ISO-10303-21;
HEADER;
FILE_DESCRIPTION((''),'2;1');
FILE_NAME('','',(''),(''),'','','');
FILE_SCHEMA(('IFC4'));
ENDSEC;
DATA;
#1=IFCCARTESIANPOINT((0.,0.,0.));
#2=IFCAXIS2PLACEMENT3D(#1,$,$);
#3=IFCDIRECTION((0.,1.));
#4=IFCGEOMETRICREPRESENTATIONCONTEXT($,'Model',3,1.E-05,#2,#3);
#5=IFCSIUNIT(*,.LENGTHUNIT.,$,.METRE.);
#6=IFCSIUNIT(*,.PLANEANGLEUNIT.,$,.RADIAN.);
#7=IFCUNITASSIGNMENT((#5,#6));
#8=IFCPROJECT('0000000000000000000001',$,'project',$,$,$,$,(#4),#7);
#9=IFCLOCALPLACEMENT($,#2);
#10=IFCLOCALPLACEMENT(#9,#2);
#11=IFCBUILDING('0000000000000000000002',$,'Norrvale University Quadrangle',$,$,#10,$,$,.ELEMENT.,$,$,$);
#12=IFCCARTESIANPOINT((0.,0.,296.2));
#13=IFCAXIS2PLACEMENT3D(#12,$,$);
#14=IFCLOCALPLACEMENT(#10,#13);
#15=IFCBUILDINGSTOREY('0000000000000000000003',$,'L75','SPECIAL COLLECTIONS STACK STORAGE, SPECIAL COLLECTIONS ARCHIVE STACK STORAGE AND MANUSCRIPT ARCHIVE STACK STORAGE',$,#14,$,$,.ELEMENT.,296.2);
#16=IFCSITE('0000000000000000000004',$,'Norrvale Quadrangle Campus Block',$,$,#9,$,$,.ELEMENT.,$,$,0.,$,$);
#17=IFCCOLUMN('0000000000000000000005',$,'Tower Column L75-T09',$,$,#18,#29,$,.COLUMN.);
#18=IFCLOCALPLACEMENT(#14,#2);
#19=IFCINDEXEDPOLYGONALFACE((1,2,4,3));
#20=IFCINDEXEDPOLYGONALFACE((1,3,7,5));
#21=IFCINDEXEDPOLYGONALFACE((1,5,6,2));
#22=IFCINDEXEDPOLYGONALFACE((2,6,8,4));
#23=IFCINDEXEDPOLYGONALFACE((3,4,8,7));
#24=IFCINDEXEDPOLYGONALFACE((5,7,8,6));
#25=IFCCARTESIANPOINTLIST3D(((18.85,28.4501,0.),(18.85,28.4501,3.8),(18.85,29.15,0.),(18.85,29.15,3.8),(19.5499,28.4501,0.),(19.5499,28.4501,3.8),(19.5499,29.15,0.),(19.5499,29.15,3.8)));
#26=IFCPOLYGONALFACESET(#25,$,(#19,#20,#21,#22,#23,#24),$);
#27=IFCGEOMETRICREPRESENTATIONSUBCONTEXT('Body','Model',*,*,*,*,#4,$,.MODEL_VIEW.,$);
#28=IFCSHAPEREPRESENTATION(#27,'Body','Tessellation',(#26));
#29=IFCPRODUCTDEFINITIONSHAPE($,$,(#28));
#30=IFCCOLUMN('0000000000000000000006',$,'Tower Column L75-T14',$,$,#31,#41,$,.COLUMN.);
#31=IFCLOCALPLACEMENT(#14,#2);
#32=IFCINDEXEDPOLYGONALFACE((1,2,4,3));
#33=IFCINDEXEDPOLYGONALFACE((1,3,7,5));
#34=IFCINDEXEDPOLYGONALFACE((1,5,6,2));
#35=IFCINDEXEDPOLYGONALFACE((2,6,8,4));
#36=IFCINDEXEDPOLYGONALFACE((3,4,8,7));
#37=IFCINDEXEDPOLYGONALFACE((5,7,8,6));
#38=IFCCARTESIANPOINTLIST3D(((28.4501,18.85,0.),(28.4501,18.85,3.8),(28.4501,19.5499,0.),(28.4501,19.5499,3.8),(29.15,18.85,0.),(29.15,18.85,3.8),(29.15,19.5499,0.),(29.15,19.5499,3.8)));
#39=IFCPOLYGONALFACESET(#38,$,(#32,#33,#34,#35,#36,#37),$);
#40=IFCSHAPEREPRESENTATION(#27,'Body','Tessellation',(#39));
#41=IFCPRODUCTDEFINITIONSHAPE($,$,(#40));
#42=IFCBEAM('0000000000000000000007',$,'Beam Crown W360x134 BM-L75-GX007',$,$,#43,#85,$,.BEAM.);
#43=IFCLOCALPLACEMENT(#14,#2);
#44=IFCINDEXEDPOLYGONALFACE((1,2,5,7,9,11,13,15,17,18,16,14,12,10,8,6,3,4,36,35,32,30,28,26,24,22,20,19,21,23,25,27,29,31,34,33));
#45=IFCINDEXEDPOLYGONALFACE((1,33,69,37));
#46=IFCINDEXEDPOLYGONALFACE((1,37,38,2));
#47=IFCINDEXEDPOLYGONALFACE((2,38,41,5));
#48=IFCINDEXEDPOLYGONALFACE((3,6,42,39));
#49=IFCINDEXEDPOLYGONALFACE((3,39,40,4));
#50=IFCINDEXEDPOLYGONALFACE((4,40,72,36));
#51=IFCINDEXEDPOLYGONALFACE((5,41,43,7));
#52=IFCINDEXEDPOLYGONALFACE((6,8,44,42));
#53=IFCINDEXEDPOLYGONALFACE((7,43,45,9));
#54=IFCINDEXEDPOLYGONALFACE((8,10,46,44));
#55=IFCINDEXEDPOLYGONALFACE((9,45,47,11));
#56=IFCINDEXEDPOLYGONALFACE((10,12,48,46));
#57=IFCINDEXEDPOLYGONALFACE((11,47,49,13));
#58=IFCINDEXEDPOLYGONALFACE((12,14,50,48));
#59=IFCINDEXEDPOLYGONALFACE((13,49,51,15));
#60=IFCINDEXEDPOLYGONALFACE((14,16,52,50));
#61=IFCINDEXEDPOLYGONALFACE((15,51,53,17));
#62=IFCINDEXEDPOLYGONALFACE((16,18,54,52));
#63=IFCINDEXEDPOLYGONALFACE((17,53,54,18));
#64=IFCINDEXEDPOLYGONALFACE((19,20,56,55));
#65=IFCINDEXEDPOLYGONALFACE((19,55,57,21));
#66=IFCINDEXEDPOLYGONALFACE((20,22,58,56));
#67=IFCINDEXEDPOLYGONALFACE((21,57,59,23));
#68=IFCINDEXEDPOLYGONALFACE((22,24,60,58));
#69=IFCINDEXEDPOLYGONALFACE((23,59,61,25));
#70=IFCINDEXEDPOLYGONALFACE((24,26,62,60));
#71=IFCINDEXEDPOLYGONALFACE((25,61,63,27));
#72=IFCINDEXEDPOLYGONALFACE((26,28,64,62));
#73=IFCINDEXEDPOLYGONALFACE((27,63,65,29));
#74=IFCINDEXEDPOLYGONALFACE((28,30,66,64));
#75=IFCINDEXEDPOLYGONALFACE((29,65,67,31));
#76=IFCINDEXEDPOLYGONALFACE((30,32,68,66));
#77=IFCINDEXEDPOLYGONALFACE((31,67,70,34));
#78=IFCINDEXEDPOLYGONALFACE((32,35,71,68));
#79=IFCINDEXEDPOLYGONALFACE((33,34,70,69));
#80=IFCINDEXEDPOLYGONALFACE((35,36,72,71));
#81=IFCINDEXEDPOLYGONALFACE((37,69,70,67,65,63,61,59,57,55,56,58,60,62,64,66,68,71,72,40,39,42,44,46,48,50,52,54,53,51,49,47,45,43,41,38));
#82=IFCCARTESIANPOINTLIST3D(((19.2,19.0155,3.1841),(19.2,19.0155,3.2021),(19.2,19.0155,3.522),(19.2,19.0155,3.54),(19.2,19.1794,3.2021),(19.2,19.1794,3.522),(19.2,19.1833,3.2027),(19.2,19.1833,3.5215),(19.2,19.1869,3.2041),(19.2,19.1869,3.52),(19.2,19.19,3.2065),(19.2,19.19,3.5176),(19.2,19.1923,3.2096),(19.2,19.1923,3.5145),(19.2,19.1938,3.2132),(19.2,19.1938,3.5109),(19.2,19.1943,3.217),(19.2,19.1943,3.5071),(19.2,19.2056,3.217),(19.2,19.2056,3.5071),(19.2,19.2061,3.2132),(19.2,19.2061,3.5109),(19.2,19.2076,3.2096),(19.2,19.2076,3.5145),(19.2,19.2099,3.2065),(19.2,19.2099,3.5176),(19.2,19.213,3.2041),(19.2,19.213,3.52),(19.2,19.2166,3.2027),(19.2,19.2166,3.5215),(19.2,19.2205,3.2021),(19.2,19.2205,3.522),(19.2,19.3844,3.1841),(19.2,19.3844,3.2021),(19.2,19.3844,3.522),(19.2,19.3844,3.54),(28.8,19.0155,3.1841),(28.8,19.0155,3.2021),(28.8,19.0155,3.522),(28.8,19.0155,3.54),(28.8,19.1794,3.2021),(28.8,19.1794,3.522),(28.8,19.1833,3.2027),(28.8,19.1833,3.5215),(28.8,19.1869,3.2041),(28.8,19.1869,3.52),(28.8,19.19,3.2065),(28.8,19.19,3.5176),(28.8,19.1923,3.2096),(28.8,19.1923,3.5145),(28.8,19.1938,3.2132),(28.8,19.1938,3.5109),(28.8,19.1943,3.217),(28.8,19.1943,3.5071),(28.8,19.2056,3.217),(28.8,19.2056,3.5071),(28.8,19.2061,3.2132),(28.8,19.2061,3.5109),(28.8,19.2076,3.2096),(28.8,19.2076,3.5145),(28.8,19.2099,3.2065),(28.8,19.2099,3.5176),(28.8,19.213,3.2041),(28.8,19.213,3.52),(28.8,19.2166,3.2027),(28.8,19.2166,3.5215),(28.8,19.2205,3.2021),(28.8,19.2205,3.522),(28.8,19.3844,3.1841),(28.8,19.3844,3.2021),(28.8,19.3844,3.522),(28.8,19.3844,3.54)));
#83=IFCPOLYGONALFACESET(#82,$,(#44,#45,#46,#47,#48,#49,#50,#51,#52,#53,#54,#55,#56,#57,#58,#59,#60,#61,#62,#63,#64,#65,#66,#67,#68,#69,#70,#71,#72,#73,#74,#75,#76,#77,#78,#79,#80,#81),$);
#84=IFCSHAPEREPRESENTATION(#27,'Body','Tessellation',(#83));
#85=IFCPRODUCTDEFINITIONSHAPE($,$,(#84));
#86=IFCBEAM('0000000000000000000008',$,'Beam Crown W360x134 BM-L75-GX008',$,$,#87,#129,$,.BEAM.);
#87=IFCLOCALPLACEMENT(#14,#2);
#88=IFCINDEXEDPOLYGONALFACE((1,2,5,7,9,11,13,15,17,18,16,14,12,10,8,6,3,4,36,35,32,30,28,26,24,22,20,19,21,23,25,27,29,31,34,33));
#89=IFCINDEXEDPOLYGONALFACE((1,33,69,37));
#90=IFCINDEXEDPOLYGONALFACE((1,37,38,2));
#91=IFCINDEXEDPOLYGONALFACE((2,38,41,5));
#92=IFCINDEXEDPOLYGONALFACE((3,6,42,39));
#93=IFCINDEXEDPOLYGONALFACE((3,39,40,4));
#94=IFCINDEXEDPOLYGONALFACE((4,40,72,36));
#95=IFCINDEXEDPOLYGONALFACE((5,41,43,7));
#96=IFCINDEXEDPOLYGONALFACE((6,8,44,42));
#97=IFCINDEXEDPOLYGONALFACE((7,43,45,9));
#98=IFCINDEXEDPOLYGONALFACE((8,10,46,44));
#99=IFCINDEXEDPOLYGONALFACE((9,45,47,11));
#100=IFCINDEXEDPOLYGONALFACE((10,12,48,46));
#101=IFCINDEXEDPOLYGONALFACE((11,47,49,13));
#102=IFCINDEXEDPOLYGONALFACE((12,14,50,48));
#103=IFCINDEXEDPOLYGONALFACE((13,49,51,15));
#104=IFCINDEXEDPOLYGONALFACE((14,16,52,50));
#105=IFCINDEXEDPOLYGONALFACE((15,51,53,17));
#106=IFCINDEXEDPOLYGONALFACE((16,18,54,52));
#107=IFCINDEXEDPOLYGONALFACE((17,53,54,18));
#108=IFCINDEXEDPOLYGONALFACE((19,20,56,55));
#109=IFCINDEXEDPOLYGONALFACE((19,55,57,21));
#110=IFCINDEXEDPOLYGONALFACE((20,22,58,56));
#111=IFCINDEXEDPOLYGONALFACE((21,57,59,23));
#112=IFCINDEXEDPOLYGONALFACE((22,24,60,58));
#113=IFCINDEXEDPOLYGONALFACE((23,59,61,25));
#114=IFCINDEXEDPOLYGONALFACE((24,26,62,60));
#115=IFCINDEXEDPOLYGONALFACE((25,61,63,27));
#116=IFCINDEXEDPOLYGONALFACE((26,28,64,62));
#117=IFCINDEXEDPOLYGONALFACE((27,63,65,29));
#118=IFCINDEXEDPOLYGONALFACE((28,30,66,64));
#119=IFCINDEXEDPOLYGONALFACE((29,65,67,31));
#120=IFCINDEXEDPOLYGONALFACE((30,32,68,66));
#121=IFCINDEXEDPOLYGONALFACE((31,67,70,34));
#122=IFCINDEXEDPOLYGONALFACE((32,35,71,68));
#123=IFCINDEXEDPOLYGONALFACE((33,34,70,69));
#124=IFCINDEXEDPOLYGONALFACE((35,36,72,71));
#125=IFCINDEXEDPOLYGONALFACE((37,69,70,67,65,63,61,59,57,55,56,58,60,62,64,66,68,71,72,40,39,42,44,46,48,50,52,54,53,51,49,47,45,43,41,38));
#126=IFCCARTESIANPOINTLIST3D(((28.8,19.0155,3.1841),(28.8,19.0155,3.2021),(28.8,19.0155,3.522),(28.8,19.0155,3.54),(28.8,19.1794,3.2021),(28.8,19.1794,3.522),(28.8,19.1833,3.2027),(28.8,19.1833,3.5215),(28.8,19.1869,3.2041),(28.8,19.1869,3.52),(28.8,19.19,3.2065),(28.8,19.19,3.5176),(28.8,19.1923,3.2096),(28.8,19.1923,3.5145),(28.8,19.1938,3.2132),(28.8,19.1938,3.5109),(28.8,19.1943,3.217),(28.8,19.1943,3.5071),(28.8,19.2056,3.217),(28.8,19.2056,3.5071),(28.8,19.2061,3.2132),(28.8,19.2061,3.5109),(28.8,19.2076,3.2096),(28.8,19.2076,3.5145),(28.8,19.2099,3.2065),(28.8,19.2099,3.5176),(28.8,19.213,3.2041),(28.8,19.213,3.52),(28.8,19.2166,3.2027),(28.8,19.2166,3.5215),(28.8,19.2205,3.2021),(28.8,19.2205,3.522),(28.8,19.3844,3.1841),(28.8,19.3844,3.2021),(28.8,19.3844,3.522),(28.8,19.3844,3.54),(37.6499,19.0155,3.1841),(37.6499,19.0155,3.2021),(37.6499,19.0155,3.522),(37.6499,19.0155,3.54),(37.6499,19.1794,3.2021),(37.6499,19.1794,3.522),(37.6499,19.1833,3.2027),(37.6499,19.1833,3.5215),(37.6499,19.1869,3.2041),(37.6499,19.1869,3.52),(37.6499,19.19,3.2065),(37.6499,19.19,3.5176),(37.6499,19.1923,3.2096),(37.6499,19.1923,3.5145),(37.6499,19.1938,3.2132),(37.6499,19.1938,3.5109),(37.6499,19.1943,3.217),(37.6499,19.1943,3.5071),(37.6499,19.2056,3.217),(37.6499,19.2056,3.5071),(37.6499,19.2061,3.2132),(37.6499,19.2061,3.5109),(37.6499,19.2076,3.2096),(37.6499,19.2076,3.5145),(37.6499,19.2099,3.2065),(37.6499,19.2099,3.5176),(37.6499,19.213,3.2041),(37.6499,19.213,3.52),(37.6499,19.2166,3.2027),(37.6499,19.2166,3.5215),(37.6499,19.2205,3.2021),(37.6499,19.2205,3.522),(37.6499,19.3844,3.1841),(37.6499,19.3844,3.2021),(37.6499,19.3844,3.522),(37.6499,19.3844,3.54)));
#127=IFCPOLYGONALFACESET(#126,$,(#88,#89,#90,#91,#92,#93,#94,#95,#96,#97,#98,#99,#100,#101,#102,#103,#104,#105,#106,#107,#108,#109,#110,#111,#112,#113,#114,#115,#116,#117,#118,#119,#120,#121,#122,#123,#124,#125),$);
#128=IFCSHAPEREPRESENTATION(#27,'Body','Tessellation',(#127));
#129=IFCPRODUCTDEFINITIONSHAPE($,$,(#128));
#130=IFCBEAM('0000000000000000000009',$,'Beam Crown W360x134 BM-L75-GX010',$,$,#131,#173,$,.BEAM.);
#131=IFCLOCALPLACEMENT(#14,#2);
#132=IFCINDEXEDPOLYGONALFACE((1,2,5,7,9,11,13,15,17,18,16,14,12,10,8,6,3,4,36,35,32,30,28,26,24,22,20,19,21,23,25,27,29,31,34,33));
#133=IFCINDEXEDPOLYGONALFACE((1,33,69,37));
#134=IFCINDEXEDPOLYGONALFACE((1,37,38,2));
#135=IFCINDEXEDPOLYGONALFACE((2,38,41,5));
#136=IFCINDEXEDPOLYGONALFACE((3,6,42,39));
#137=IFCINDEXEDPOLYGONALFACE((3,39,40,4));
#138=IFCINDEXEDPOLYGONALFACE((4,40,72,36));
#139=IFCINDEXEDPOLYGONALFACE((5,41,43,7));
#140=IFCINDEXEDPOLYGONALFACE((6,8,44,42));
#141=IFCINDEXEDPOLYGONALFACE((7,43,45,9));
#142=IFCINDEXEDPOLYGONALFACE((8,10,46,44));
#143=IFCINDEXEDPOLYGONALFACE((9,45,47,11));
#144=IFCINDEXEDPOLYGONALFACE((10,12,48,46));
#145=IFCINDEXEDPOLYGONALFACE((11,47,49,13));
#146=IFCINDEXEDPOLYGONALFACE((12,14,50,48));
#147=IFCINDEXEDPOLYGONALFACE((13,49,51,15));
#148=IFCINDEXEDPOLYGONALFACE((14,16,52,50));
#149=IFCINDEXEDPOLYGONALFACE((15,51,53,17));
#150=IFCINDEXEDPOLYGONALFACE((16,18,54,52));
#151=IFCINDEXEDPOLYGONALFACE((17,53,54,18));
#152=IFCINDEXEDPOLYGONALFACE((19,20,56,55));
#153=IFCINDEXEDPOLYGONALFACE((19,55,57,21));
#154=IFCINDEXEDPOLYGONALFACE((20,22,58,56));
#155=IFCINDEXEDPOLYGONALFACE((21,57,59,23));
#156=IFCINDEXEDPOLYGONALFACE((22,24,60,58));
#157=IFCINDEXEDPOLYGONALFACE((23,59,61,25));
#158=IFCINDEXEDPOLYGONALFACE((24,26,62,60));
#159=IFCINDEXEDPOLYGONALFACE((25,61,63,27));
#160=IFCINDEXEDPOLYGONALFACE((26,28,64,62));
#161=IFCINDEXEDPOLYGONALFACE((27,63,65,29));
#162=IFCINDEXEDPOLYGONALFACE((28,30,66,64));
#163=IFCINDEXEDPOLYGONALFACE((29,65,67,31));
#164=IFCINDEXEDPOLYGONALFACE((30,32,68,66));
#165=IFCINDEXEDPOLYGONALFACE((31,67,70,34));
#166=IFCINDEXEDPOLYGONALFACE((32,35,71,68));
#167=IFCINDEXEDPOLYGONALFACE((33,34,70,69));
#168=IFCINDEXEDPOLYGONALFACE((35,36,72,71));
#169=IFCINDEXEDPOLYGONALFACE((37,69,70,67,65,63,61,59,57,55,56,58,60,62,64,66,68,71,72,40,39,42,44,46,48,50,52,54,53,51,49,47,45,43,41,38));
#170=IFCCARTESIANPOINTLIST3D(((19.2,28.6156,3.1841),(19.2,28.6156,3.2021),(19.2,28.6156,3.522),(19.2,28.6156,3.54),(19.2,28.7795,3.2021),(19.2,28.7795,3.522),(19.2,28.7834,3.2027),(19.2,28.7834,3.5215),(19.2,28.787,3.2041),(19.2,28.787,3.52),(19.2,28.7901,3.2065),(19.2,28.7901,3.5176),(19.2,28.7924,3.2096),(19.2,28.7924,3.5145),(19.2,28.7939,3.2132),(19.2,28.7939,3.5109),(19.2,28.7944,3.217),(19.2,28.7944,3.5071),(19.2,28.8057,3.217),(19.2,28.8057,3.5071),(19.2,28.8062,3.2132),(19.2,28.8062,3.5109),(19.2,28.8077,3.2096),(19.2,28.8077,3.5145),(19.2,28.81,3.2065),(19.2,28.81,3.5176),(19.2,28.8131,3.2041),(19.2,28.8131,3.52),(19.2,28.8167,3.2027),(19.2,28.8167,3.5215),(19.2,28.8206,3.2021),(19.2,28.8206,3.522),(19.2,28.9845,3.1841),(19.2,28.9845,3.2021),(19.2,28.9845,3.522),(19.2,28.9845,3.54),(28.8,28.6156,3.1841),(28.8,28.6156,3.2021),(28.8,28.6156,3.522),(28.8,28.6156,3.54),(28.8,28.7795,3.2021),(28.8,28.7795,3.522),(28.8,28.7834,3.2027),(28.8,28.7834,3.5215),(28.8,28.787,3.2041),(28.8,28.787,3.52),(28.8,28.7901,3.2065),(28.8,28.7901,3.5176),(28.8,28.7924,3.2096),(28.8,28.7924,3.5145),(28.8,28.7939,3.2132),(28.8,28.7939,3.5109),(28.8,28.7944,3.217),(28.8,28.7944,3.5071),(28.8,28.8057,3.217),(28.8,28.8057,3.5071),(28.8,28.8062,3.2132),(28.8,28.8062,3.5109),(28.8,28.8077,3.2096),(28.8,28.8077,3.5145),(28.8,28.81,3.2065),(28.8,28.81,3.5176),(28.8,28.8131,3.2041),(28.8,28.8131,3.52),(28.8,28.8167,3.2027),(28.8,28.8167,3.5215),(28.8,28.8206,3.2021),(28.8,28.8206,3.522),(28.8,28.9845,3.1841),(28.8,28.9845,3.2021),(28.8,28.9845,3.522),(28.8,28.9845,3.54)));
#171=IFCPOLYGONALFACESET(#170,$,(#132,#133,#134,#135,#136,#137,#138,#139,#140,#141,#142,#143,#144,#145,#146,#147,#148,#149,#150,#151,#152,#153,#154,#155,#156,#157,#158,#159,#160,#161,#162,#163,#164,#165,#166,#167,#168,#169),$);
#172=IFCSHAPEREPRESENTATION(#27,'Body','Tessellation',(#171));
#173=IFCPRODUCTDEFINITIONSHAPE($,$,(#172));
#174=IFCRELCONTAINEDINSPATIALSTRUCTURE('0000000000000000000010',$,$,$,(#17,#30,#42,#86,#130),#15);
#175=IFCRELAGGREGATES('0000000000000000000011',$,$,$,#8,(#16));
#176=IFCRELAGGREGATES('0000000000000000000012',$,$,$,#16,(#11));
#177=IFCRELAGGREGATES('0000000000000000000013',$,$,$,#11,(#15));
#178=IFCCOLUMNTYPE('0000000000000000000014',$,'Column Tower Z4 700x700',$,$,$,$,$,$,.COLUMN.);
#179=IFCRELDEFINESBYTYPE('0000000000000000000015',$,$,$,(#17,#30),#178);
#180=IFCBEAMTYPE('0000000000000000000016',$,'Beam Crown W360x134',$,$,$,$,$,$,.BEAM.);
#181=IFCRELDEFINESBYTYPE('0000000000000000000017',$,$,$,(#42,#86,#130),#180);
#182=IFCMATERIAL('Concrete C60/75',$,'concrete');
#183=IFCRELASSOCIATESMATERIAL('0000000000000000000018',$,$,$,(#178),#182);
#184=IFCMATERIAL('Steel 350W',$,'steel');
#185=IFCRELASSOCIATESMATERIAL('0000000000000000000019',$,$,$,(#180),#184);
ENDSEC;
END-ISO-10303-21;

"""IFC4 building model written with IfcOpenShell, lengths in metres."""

from ifc_helpers import new_model, si_unit, direction, frame, origin, origin_2d, place, context, subcontext, project, spatial, rectangle, i_section, extrude, material, material_profile, profile_set, type_object, element, save


model = new_model("IFC4")

# Units and contexts
model_context = context("Model", 3, precision=1e-05, world=origin(), true_north=direction((0.0, 1.0)))
body_context = subcontext(model_context, "Body", "Model", "MODEL_VIEW")
ifc_project = project(units=[si_unit("LENGTHUNIT", "METRE"), si_unit("PLANEANGLEUNIT", "RADIAN")], contexts=[model_context])

# Site, building, storey
site_placement = place(None, origin())
site = spatial("IfcSite", under=ifc_project, at=site_placement, Name="Norrvale Quadrangle Campus Block", CompositionType="ELEMENT", RefElevation=0.0)
building_placement = place(site_placement, origin())
building = spatial("IfcBuilding", under=site, at=building_placement, Name="Norrvale University Quadrangle", CompositionType="ELEMENT")
storey_placement = place(building_placement, frame((0.0, 0.0, 296.2)))
storey = spatial("IfcBuildingStorey", under=building, at=storey_placement, Name="L75", Description="SPECIAL COLLECTIONS STACK STORAGE, SPECIAL COLLECTIONS ARCHIVE STACK STORAGE AND MANUSCRIPT ARCHIVE STACK STORAGE", CompositionType="ELEMENT", Elevation=296.2)

# Columns
ifc_material_1 = material(Name="Concrete C60/75", Category="concrete")
ifc_material_profile_1 = material_profile(ifc_material_1, rectangle(XDim=0.7, YDim=0.7, at=origin_2d()), Name="Concrete C60/75")
ifc_profile_set_1 = profile_set([ifc_material_profile_1], Name="Concrete C60/75")
column_type = type_object("IfcColumnType", Name="Column Tower Z4 700x700", PredefinedType="COLUMN", material=ifc_profile_set_1)
for number, where, z_axis, x_axis, name in (
    (1, (19.2, 28.8, 0.0), (0.0, 0.0, 1.0), (1.0, 0.0, 0.0), "Tower Column L75-T09"),
    (2, (28.8, 19.2, 0.0), (0.0, 0.0, 1.0), (1.0, 0.0, 0.0), "Tower Column L75-T14"),
):
    element("IfcColumn", number, at=place(storey_placement, frame(where, z_axis=z_axis, x_axis=x_axis)), inside=storey, type_object=column_type, Name=name, PredefinedType="COLUMN", context=body_context, shape_type="SweptSolid", body=[
        extrude(rectangle(XDim=0.7, YDim=0.7, at=origin_2d()), origin(), (0.0, 0.0, 1.0), 3.8),
    ])

# Beams
ifc_material_2 = material(Name="Steel 350W", Category="steel")
ifc_material_profile_2 = material_profile(ifc_material_2, i_section(OverallWidth=0.3689, OverallDepth=0.356, WebThickness=0.0112, FlangeThickness=0.0181, FilletRadius=0.0149, at=origin_2d()), Name="Steel 350W")
ifc_profile_set_2 = profile_set([ifc_material_profile_2], Name="Steel 350W")
beam_type_1 = type_object("IfcBeamType", Name="Beam Crown W360x134", PredefinedType="BEAM", material=ifc_profile_set_2)
beam_1_placement = place(storey_placement, frame((19.2, 19.2, 3.3621), z_axis=(1.0, 0.0, 0.0), x_axis=(0.0, 1.0, 0.0)))
element("IfcBeam", 3, at=beam_1_placement, inside=storey, type_object=beam_type_1, Name="Beam Crown W360x134 BM-L75-GX007", PredefinedType="BEAM", context=body_context, shape_type="SweptSolid", body=[
    extrude(i_section(OverallWidth=0.3689, OverallDepth=0.356, WebThickness=0.0112, FlangeThickness=0.0181, FilletRadius=0.0149, at=origin_2d()), origin(), (0.0, 0.0, 1.0), 9.6001),
])
beam_2_placement = place(storey_placement, frame((28.8, 19.2, 3.3621), z_axis=(1.0, 0.0, 0.0), x_axis=(0.0, 1.0, 0.0)))
element("IfcBeam", 4, at=beam_2_placement, inside=storey, type_object=beam_type_1, Name="Beam Crown W360x134 BM-L75-GX008", PredefinedType="BEAM", context=body_context, shape_type="SweptSolid", body=[
    extrude(i_section(OverallWidth=0.3689, OverallDepth=0.356, WebThickness=0.0112, FlangeThickness=0.0181, FilletRadius=0.0149, at=origin_2d()), origin(), (0.0, 0.0, 1.0), 8.8499),
])
for number, where, z_axis, x_axis, name in (
    (5, (19.2, 28.8, 3.3621), (1.0, 0.0, 0.0), (0.0, 1.0, 0.0), "Beam Crown W360x134 BM-L75-GX010"),
):
    element("IfcBeam", number, at=place(storey_placement, frame(where, z_axis=z_axis, x_axis=x_axis)), inside=storey, type_object=beam_type_1, Name=name, PredefinedType="BEAM", context=body_context, shape_type="SweptSolid", body=[
        extrude(i_section(OverallWidth=0.3689, OverallDepth=0.356, WebThickness=0.0112, FlangeThickness=0.0181, FilletRadius=0.0149, at=origin_2d()), origin(), (0.0, 0.0, 1.0), 9.6001),
    ])

save(model, "model.ifc")
